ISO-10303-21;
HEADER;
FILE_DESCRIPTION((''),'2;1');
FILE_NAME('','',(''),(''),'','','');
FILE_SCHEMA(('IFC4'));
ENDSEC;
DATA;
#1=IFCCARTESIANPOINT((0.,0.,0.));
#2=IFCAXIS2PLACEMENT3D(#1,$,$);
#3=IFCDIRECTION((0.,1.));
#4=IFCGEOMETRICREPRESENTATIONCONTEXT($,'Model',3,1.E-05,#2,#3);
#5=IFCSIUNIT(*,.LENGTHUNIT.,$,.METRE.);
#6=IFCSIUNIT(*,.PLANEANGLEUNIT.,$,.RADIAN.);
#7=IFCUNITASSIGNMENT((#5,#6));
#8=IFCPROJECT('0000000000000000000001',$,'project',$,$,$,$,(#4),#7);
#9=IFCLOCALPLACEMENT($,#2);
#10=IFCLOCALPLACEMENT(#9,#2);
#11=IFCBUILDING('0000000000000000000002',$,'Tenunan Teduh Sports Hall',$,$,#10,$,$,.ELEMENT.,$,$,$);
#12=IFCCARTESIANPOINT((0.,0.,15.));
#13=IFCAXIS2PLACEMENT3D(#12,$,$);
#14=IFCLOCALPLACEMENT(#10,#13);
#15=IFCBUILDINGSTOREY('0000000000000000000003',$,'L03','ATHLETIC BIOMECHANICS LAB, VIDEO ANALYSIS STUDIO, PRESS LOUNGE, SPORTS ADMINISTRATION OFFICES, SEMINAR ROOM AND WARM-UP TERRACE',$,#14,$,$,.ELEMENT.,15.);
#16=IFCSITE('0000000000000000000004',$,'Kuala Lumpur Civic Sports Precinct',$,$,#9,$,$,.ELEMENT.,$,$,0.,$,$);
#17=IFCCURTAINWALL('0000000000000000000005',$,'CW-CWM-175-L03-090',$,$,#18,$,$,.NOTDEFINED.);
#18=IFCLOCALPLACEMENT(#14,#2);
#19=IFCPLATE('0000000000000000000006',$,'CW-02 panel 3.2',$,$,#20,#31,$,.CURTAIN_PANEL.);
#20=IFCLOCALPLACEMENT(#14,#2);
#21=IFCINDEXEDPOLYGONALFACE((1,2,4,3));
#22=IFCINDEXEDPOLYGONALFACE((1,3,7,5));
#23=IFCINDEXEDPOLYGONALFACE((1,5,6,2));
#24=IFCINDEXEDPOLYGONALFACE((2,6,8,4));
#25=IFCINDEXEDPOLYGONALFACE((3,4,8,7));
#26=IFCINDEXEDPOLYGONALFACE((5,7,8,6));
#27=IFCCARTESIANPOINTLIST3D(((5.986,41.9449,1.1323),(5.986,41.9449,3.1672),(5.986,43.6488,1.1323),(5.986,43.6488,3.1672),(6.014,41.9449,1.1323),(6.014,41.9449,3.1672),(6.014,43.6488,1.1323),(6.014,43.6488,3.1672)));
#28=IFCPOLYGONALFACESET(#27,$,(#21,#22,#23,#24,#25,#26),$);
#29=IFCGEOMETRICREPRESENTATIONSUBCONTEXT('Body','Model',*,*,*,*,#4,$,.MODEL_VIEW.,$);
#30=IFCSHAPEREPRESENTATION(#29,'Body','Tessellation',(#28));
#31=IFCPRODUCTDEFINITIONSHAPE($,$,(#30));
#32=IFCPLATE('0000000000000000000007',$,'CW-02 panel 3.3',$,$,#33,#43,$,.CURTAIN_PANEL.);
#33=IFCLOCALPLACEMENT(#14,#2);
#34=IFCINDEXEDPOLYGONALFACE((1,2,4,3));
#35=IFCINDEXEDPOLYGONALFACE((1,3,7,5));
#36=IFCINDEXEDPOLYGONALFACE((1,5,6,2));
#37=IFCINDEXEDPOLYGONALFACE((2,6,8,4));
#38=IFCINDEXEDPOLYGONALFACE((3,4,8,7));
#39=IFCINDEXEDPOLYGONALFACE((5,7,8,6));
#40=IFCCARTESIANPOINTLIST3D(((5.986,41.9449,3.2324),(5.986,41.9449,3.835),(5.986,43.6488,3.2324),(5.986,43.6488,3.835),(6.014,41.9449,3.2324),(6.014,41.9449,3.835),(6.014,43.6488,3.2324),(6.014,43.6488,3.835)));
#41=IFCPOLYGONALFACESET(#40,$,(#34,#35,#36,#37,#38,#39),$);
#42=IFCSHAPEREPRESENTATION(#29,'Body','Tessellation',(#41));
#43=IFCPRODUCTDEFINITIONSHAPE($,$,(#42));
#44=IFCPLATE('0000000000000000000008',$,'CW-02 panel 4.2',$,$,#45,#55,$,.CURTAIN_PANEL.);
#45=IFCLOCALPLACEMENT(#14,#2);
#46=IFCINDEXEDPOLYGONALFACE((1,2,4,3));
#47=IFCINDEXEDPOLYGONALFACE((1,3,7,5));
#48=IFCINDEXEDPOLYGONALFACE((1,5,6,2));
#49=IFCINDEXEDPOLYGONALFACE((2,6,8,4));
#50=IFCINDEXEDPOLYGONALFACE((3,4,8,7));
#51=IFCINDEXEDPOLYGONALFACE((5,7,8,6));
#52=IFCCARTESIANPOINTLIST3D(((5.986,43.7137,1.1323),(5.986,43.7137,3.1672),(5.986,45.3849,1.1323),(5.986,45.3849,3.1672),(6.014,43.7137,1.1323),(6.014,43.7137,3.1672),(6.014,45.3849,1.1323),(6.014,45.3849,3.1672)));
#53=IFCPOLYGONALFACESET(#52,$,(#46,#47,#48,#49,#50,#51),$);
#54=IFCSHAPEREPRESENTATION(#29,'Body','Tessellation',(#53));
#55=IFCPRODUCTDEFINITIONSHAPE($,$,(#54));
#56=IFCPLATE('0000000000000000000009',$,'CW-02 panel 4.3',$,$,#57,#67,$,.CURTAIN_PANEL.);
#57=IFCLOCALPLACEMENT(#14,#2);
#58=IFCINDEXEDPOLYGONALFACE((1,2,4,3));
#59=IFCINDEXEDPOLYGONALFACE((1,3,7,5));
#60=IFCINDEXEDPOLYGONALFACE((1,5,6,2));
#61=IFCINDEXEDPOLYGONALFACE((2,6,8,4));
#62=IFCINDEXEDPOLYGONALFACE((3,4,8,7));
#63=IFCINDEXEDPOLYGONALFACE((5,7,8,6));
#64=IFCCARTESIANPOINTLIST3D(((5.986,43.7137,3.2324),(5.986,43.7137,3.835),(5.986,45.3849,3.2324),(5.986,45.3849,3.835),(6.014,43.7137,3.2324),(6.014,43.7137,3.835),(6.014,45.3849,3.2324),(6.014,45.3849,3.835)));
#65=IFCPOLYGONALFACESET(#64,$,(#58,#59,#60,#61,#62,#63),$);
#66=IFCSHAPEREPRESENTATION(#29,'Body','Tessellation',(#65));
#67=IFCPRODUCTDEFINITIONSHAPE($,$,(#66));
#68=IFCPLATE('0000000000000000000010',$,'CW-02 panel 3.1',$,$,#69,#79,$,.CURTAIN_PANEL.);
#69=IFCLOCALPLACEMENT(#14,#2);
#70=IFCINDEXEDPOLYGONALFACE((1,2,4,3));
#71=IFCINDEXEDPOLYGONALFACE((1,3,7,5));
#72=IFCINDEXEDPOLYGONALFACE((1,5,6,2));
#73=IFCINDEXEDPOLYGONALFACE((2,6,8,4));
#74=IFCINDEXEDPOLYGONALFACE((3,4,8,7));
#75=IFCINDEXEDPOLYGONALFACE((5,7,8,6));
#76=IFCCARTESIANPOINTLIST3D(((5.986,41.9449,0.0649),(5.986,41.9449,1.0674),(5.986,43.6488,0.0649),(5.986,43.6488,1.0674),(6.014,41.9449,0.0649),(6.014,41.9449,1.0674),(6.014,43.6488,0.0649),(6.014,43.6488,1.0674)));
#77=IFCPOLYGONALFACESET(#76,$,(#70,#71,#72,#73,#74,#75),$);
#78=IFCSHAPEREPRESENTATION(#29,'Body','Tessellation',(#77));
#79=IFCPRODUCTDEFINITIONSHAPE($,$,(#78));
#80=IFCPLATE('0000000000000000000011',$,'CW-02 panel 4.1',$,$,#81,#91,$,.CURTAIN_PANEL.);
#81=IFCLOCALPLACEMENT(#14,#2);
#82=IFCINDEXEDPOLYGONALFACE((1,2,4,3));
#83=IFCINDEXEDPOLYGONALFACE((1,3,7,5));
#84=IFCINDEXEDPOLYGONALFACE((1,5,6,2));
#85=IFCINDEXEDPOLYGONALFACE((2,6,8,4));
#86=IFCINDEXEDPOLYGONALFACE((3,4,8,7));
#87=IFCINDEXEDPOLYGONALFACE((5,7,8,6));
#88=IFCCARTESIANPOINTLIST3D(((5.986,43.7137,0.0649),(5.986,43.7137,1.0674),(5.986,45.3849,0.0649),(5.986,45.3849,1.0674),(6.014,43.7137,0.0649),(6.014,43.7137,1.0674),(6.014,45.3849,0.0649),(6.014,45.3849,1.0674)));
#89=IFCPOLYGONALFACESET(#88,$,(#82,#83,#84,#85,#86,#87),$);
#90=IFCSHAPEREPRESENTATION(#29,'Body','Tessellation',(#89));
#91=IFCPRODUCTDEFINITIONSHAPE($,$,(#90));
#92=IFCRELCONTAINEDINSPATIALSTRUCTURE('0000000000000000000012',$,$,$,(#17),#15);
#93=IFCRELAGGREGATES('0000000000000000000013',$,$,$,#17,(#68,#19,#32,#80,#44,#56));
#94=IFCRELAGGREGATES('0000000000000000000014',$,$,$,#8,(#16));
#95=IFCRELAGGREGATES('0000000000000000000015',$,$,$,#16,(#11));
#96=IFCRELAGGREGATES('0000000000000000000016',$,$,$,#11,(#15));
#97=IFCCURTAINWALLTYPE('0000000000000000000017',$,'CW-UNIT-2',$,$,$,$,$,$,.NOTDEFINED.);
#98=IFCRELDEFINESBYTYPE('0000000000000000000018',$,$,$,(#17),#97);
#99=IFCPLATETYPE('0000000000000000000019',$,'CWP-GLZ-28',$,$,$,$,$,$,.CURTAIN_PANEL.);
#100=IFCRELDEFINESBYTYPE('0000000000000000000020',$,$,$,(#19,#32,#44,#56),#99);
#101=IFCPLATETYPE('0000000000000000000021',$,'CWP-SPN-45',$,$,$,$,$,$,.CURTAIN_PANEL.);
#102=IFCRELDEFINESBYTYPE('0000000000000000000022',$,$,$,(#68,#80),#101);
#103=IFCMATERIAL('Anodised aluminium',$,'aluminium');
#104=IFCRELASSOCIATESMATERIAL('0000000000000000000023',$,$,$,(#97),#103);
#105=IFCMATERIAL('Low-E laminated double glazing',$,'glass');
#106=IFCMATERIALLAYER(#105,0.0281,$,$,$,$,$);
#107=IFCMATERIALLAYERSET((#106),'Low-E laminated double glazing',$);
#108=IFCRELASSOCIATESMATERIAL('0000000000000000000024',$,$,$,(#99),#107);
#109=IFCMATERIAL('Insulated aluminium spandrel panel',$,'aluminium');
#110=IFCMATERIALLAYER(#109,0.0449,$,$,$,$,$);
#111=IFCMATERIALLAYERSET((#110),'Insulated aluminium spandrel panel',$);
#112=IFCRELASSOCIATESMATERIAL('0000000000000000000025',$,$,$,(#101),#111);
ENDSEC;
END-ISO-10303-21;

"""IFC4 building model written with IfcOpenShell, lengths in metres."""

from ifc_helpers import new_model, si_unit, direction, frame, origin, origin_2d, place, context, subcontext, project, spatial, rectangle, extrude, material, layer, layer_set, type_object, element, aggregate, save


model = new_model("IFC4")

# Units and contexts
model_context = context("Model", 3, precision=1e-05, world=origin(), true_north=direction((0.0, 1.0)))
body_context = subcontext(model_context, "Body", "Model", "MODEL_VIEW")
ifc_project = project(units=[si_unit("LENGTHUNIT", "METRE"), si_unit("PLANEANGLEUNIT", "RADIAN")], contexts=[model_context])

# Site, building, storey
site_placement = place(None, origin())
site = spatial("IfcSite", under=ifc_project, at=site_placement, Name="Kuala Lumpur Civic Sports Precinct", CompositionType="ELEMENT", RefElevation=0.0)
building_placement = place(site_placement, origin())
building = spatial("IfcBuilding", under=site, at=building_placement, Name="Tenunan Teduh Sports Hall", CompositionType="ELEMENT")
storey_placement = place(building_placement, frame((0.0, 0.0, 15.0)))
storey = spatial("IfcBuildingStorey", under=building, at=storey_placement, Name="L03", Description="ATHLETIC BIOMECHANICS LAB, VIDEO ANALYSIS STUDIO, PRESS LOUNGE, SPORTS ADMINISTRATION OFFICES, SEMINAR ROOM AND WARM-UP TERRACE", CompositionType="ELEMENT", Elevation=15.0)

# Curtain wall, plates
ifc_material_1 = material(Name="Anodised aluminium", Category="aluminium")
curtain_wall_type = type_object("IfcCurtainWallType", Name="CW-UNIT-2", PredefinedType="NOTDEFINED", material=ifc_material_1)
curtain_wall_placement = place(storey_placement, origin())
curtain_wall = element("IfcCurtainWall", 1, at=curtain_wall_placement, inside=storey, type_object=curtain_wall_type, Name="CW-CWM-175-L03-090", PredefinedType="NOTDEFINED")
ifc_material_2 = material(Name="Low-E laminated double glazing", Category="glass")
ifc_layer_1 = layer(ifc_material_2, 0.0281)
ifc_layer_set_1 = layer_set([ifc_layer_1], Name="Low-E laminated double glazing")
plate_type_1 = type_object("IfcPlateType", Name="CWP-GLZ-28", PredefinedType="CURTAIN_PANEL", material=ifc_layer_set_1)
plate_1_placement = place(storey_placement, frame((6.0, 42.7969, 1.1323), z_axis=(0.0, 0.0, 1.0), x_axis=(0.0, 1.0, 0.0)))
plate_1 = element("IfcPlate", 2, at=plate_1_placement, type_object=plate_type_1, Name="CW-02 panel 3.2", PredefinedType="CURTAIN_PANEL", context=body_context, shape_type="SweptSolid", body=[
    extrude(rectangle(XDim=1.7039, YDim=0.0281, at=origin_2d()), origin(), (0.0, 0.0, 1.0), 2.0349),
])
plate_2_placement = place(storey_placement, frame((6.0, 42.7969, 3.2324), z_axis=(0.0, 0.0, 1.0), x_axis=(0.0, 1.0, 0.0)))
plate_2 = element("IfcPlate", 3, at=plate_2_placement, type_object=plate_type_1, Name="CW-02 panel 3.3", PredefinedType="CURTAIN_PANEL", context=body_context, shape_type="SweptSolid", body=[
    extrude(rectangle(XDim=1.7039, YDim=0.0281, at=origin_2d()), origin(), (0.0, 0.0, 1.0), 0.6025),
])
plate_3_placement = place(storey_placement, frame((6.0, 44.5493, 1.1323), z_axis=(0.0, 0.0, 1.0), x_axis=(0.0, 1.0, 0.0)))
plate_3 = element("IfcPlate", 4, at=plate_3_placement, type_object=plate_type_1, Name="CW-02 panel 4.2", PredefinedType="CURTAIN_PANEL", context=body_context, shape_type="SweptSolid", body=[
    extrude(rectangle(XDim=1.6711, YDim=0.0281, at=origin_2d()), origin(), (0.0, 0.0, 1.0), 2.0349),
])
plate_4_placement = place(storey_placement, frame((6.0, 44.5493, 3.2324), z_axis=(0.0, 0.0, 1.0), x_axis=(0.0, 1.0, 0.0)))
plate_4 = element("IfcPlate", 5, at=plate_4_placement, type_object=plate_type_1, Name="CW-02 panel 4.3", PredefinedType="CURTAIN_PANEL", context=body_context, shape_type="SweptSolid", body=[
    extrude(rectangle(XDim=1.6711, YDim=0.0281, at=origin_2d()), origin(), (0.0, 0.0, 1.0), 0.6025),
])
ifc_material_3 = material(Name="Insulated aluminium spandrel panel", Category="aluminium")
ifc_layer_2 = layer(ifc_material_3, 0.0449)
ifc_layer_set_2 = layer_set([ifc_layer_2], Name="Insulated aluminium spandrel panel")
plate_type_2 = type_object("IfcPlateType", Name="CWP-SPN-45", PredefinedType="CURTAIN_PANEL", material=ifc_layer_set_2)
plate_5_placement = place(storey_placement, frame((6.0, 42.7969, 0.0649), z_axis=(0.0, 0.0, 1.0), x_axis=(0.0, 1.0, 0.0)))
plate_5 = element("IfcPlate", 6, at=plate_5_placement, type_object=plate_type_2, Name="CW-02 panel 3.1", PredefinedType="CURTAIN_PANEL", context=body_context, shape_type="SweptSolid", body=[
    extrude(rectangle(XDim=1.7039, YDim=0.0281, at=origin_2d()), origin(), (0.0, 0.0, 1.0), 1.0024),
])
plate_6_placement = place(storey_placement, frame((6.0, 44.5493, 0.0649), z_axis=(0.0, 0.0, 1.0), x_axis=(0.0, 1.0, 0.0)))
plate_6 = element("IfcPlate", 7, at=plate_6_placement, type_object=plate_type_2, Name="CW-02 panel 4.1", PredefinedType="CURTAIN_PANEL", context=body_context, shape_type="SweptSolid", body=[
    extrude(rectangle(XDim=1.6711, YDim=0.0281, at=origin_2d()), origin(), (0.0, 0.0, 1.0), 1.0024),
])
aggregate(curtain_wall, [plate_5, plate_1, plate_2, plate_6, plate_3, plate_4])

save(model, "model.ifc")
